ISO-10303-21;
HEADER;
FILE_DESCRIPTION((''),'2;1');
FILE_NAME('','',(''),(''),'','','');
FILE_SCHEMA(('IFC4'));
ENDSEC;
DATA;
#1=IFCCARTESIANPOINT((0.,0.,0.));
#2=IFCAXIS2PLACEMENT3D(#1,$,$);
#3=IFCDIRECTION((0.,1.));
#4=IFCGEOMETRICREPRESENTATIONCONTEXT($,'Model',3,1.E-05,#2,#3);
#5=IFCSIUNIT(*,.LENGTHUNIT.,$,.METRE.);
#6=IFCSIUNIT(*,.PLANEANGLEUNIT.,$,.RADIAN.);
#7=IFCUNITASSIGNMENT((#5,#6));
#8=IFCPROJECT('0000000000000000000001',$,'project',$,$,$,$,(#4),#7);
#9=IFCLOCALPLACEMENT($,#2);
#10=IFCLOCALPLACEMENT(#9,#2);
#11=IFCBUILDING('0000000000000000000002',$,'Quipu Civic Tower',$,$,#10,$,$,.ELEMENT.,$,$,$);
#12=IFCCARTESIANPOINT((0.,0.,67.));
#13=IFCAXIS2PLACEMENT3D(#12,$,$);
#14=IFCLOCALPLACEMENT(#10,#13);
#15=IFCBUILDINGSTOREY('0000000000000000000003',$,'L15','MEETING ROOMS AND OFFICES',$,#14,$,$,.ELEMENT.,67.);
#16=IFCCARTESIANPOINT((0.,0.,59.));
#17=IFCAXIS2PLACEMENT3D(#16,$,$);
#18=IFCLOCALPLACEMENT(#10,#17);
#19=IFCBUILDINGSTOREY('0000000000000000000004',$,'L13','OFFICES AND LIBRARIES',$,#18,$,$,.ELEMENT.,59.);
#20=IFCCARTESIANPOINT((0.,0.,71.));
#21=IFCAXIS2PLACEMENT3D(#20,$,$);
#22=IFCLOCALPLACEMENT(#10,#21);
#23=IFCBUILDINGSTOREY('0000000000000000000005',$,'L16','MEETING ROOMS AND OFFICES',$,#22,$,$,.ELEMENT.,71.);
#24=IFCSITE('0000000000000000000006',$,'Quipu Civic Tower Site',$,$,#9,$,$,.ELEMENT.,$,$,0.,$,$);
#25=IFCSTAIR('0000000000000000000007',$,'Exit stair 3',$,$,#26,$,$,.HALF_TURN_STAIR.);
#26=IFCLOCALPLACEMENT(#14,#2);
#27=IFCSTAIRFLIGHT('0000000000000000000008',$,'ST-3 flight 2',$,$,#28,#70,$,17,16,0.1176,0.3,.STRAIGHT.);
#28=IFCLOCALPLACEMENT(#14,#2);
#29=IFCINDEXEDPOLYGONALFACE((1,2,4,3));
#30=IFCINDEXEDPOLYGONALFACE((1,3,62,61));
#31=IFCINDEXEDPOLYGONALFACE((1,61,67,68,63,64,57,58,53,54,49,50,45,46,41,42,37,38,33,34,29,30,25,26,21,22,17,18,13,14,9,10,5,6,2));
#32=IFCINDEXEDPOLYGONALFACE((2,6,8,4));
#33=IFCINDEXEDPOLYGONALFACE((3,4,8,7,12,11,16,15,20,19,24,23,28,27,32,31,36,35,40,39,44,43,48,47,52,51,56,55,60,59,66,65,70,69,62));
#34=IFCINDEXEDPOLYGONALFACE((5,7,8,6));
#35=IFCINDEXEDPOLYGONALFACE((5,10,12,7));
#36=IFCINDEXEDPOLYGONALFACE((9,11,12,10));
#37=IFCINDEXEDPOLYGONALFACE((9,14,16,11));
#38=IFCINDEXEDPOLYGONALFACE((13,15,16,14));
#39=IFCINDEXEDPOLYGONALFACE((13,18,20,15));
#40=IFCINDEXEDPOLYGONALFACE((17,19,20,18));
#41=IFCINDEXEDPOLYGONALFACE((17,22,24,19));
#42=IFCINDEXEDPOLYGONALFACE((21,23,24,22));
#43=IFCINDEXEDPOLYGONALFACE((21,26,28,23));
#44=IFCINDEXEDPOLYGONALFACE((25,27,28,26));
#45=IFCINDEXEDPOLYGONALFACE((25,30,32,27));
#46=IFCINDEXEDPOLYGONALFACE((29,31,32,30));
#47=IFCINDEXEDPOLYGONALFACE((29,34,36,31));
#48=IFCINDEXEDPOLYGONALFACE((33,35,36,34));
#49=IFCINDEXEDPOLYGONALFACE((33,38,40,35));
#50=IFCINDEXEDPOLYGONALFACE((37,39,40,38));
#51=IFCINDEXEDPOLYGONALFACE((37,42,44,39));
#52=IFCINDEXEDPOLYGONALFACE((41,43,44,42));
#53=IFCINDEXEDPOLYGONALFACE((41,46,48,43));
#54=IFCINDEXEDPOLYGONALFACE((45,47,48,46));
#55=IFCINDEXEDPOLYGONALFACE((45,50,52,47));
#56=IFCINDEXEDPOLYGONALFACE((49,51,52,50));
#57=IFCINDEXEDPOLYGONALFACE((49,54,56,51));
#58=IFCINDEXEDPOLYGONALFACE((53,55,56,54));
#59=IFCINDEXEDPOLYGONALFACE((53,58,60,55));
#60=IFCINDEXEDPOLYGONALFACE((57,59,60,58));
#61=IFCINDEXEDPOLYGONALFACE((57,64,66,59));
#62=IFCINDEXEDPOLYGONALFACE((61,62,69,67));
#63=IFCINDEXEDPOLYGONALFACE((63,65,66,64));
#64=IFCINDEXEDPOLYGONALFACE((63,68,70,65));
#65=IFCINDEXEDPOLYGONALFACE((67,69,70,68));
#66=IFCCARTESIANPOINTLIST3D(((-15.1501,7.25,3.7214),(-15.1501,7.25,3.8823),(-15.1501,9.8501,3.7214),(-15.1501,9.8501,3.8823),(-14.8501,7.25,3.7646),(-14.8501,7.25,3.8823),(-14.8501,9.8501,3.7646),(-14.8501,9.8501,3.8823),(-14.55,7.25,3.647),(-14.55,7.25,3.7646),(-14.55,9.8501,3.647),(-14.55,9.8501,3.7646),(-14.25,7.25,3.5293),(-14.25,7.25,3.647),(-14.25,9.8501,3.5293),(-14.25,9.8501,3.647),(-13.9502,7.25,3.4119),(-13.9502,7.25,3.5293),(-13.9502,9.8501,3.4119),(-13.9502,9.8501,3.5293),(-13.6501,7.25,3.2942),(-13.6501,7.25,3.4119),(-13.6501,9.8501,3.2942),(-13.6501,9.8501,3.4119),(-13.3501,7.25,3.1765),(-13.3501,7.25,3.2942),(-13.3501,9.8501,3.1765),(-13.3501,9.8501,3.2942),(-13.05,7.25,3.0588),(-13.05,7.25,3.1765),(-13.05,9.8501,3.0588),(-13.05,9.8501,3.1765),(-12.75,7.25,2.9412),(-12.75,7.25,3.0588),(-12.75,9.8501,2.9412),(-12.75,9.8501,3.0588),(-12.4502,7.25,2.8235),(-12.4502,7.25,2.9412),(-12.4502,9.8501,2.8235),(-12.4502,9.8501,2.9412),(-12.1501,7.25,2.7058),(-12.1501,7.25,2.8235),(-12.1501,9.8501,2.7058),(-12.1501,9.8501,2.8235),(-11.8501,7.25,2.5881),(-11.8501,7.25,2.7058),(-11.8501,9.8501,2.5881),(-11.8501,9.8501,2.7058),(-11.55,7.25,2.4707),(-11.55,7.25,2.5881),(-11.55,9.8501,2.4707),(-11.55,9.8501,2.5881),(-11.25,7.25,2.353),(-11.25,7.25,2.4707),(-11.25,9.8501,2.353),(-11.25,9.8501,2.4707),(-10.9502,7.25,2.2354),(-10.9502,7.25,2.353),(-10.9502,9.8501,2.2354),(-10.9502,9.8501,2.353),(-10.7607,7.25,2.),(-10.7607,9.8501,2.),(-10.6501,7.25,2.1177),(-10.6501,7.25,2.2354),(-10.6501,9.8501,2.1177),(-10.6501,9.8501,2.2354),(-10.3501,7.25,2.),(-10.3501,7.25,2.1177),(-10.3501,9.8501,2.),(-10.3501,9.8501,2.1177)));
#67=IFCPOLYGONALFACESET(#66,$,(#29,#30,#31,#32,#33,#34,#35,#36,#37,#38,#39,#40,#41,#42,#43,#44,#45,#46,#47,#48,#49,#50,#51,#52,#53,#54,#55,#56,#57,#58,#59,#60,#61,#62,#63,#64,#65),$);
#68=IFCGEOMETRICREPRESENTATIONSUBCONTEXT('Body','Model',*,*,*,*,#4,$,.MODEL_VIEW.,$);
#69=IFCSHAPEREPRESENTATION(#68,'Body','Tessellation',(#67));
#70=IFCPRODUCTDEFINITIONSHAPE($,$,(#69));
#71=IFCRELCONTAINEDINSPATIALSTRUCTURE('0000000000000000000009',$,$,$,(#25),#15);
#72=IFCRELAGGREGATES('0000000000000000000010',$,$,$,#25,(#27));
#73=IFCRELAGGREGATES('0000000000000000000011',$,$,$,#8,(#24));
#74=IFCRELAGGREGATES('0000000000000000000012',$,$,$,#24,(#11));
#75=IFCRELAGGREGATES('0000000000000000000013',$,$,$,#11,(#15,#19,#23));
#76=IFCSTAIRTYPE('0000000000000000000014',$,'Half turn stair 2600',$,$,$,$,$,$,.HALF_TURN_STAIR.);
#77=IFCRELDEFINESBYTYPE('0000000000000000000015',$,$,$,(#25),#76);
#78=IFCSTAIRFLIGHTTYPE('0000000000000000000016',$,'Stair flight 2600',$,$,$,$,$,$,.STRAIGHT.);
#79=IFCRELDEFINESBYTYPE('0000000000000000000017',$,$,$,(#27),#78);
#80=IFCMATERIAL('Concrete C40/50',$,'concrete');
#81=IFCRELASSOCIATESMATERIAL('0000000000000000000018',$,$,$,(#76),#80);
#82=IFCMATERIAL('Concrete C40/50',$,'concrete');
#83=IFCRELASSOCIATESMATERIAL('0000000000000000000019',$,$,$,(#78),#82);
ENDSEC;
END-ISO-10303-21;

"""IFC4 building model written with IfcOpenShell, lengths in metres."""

from ifc_helpers import new_model, si_unit, direction, frame, origin, place, context, subcontext, project, spatial, polyline, outline, extrude, material, type_object, element, aggregate, save


model = new_model("IFC4")

# Units and contexts
model_context = context("Model", 3, precision=1e-05, world=origin(), true_north=direction((0.0, 1.0)))
body_context = subcontext(model_context, "Body", "Model", "MODEL_VIEW")
ifc_project = project(units=[si_unit("LENGTHUNIT", "METRE"), si_unit("PLANEANGLEUNIT", "RADIAN")], contexts=[model_context])

# Site, building, storey
site_placement = place(None, origin())
site = spatial("IfcSite", under=ifc_project, at=site_placement, Name="Quipu Civic Tower Site", CompositionType="ELEMENT", RefElevation=0.0)
building_placement = place(site_placement, origin())
building = spatial("IfcBuilding", under=site, at=building_placement, Name="Quipu Civic Tower", CompositionType="ELEMENT")
storey_1_placement = place(building_placement, frame((0.0, 0.0, 67.0)))
storey_1 = spatial("IfcBuildingStorey", under=building, at=storey_1_placement, Name="L15", Description="MEETING ROOMS AND OFFICES", CompositionType="ELEMENT", Elevation=67.0)

# Shared definitions
storey_2_placement = place(building_placement, frame((0.0, 0.0, 59.0)))
storey_2 = spatial("IfcBuildingStorey", under=building, at=storey_2_placement, Name="L13", Description="OFFICES AND LIBRARIES", CompositionType="ELEMENT", Elevation=59.0)

# Shared definitions
storey_3_placement = place(building_placement, frame((0.0, 0.0, 71.0)))
storey_3 = spatial("IfcBuildingStorey", under=building, at=storey_3_placement, Name="L16", Description="MEETING ROOMS AND OFFICES", CompositionType="ELEMENT", Elevation=71.0)

# Stair, stair flight
ifc_material_1 = material(Name="Concrete C40/50", Category="concrete")
stair_type = type_object("IfcStairType", Name="Half turn stair 2600", PredefinedType="HALF_TURN_STAIR", material=ifc_material_1)
stair_placement = place(storey_1_placement, origin())
stair = element("IfcStair", 1, at=stair_placement, inside=storey_1, type_object=stair_type, Name="Exit stair 3", PredefinedType="HALF_TURN_STAIR")
ifc_material_2 = material(Name="Concrete C40/50", Category="concrete")
stair_flight_type = type_object("IfcStairFlightType", Name="Stair flight 2600", PredefinedType="STRAIGHT", material=ifc_material_2)
stair_flight_placement = place(storey_1_placement, frame((-10.3501, 8.55, 2.0), z_axis=(0.0, 0.0, 1.0), x_axis=(-1.0, 0.0, 0.0)))
stair_flight = element("IfcStairFlight", 2, at=stair_flight_placement, type_object=stair_flight_type, Name="ST-3 flight 2", NumberOfRisers=17, NumberOfTreads=16, PredefinedType="STRAIGHT", RiserHeight=0.1176, TreadLength=0.3, context=body_context, shape_type="SweptSolid", body=[
    extrude(outline(polyline([(0.0, 0.0), (0.0, 0.1177), (0.3, 0.1177), (0.3, 0.2354), (0.6001, 0.2354), (0.6001, 0.353), (0.8999, 0.353), (0.8999, 0.4707), (1.2, 0.4707), (1.2, 0.5881), (1.5, 0.5881), (1.5, 0.7058), (1.8, 0.7058), (1.8, 0.8235), (2.1001, 0.8235), (2.1001, 0.9412), (2.3999, 0.9412), (2.3999, 1.0588), (2.7, 1.0588), (2.7, 1.1765), (3.0, 1.1765), (3.0, 1.2942), (3.3, 1.2942), (3.3, 1.4119), (3.6001, 1.4119), (3.6001, 1.5293), (3.8999, 1.5293), (3.8999, 1.647), (4.2, 1.647), (4.2, 1.7646), (4.5, 1.7646), (4.5, 1.8823), (4.8, 1.8823), (4.8, 2.0), (4.8, 1.7214), (0.4106, 0.0), (0.0, 0.0)])), frame((0.0, 1.3, 0.0), z_axis=(0.0, -1.0, 0.0), x_axis=(1.0, 0.0, 0.0)), (0.0, 0.0, 1.0), 2.6001),
])
aggregate(stair, [stair_flight])

save(model, "model.ifc")
